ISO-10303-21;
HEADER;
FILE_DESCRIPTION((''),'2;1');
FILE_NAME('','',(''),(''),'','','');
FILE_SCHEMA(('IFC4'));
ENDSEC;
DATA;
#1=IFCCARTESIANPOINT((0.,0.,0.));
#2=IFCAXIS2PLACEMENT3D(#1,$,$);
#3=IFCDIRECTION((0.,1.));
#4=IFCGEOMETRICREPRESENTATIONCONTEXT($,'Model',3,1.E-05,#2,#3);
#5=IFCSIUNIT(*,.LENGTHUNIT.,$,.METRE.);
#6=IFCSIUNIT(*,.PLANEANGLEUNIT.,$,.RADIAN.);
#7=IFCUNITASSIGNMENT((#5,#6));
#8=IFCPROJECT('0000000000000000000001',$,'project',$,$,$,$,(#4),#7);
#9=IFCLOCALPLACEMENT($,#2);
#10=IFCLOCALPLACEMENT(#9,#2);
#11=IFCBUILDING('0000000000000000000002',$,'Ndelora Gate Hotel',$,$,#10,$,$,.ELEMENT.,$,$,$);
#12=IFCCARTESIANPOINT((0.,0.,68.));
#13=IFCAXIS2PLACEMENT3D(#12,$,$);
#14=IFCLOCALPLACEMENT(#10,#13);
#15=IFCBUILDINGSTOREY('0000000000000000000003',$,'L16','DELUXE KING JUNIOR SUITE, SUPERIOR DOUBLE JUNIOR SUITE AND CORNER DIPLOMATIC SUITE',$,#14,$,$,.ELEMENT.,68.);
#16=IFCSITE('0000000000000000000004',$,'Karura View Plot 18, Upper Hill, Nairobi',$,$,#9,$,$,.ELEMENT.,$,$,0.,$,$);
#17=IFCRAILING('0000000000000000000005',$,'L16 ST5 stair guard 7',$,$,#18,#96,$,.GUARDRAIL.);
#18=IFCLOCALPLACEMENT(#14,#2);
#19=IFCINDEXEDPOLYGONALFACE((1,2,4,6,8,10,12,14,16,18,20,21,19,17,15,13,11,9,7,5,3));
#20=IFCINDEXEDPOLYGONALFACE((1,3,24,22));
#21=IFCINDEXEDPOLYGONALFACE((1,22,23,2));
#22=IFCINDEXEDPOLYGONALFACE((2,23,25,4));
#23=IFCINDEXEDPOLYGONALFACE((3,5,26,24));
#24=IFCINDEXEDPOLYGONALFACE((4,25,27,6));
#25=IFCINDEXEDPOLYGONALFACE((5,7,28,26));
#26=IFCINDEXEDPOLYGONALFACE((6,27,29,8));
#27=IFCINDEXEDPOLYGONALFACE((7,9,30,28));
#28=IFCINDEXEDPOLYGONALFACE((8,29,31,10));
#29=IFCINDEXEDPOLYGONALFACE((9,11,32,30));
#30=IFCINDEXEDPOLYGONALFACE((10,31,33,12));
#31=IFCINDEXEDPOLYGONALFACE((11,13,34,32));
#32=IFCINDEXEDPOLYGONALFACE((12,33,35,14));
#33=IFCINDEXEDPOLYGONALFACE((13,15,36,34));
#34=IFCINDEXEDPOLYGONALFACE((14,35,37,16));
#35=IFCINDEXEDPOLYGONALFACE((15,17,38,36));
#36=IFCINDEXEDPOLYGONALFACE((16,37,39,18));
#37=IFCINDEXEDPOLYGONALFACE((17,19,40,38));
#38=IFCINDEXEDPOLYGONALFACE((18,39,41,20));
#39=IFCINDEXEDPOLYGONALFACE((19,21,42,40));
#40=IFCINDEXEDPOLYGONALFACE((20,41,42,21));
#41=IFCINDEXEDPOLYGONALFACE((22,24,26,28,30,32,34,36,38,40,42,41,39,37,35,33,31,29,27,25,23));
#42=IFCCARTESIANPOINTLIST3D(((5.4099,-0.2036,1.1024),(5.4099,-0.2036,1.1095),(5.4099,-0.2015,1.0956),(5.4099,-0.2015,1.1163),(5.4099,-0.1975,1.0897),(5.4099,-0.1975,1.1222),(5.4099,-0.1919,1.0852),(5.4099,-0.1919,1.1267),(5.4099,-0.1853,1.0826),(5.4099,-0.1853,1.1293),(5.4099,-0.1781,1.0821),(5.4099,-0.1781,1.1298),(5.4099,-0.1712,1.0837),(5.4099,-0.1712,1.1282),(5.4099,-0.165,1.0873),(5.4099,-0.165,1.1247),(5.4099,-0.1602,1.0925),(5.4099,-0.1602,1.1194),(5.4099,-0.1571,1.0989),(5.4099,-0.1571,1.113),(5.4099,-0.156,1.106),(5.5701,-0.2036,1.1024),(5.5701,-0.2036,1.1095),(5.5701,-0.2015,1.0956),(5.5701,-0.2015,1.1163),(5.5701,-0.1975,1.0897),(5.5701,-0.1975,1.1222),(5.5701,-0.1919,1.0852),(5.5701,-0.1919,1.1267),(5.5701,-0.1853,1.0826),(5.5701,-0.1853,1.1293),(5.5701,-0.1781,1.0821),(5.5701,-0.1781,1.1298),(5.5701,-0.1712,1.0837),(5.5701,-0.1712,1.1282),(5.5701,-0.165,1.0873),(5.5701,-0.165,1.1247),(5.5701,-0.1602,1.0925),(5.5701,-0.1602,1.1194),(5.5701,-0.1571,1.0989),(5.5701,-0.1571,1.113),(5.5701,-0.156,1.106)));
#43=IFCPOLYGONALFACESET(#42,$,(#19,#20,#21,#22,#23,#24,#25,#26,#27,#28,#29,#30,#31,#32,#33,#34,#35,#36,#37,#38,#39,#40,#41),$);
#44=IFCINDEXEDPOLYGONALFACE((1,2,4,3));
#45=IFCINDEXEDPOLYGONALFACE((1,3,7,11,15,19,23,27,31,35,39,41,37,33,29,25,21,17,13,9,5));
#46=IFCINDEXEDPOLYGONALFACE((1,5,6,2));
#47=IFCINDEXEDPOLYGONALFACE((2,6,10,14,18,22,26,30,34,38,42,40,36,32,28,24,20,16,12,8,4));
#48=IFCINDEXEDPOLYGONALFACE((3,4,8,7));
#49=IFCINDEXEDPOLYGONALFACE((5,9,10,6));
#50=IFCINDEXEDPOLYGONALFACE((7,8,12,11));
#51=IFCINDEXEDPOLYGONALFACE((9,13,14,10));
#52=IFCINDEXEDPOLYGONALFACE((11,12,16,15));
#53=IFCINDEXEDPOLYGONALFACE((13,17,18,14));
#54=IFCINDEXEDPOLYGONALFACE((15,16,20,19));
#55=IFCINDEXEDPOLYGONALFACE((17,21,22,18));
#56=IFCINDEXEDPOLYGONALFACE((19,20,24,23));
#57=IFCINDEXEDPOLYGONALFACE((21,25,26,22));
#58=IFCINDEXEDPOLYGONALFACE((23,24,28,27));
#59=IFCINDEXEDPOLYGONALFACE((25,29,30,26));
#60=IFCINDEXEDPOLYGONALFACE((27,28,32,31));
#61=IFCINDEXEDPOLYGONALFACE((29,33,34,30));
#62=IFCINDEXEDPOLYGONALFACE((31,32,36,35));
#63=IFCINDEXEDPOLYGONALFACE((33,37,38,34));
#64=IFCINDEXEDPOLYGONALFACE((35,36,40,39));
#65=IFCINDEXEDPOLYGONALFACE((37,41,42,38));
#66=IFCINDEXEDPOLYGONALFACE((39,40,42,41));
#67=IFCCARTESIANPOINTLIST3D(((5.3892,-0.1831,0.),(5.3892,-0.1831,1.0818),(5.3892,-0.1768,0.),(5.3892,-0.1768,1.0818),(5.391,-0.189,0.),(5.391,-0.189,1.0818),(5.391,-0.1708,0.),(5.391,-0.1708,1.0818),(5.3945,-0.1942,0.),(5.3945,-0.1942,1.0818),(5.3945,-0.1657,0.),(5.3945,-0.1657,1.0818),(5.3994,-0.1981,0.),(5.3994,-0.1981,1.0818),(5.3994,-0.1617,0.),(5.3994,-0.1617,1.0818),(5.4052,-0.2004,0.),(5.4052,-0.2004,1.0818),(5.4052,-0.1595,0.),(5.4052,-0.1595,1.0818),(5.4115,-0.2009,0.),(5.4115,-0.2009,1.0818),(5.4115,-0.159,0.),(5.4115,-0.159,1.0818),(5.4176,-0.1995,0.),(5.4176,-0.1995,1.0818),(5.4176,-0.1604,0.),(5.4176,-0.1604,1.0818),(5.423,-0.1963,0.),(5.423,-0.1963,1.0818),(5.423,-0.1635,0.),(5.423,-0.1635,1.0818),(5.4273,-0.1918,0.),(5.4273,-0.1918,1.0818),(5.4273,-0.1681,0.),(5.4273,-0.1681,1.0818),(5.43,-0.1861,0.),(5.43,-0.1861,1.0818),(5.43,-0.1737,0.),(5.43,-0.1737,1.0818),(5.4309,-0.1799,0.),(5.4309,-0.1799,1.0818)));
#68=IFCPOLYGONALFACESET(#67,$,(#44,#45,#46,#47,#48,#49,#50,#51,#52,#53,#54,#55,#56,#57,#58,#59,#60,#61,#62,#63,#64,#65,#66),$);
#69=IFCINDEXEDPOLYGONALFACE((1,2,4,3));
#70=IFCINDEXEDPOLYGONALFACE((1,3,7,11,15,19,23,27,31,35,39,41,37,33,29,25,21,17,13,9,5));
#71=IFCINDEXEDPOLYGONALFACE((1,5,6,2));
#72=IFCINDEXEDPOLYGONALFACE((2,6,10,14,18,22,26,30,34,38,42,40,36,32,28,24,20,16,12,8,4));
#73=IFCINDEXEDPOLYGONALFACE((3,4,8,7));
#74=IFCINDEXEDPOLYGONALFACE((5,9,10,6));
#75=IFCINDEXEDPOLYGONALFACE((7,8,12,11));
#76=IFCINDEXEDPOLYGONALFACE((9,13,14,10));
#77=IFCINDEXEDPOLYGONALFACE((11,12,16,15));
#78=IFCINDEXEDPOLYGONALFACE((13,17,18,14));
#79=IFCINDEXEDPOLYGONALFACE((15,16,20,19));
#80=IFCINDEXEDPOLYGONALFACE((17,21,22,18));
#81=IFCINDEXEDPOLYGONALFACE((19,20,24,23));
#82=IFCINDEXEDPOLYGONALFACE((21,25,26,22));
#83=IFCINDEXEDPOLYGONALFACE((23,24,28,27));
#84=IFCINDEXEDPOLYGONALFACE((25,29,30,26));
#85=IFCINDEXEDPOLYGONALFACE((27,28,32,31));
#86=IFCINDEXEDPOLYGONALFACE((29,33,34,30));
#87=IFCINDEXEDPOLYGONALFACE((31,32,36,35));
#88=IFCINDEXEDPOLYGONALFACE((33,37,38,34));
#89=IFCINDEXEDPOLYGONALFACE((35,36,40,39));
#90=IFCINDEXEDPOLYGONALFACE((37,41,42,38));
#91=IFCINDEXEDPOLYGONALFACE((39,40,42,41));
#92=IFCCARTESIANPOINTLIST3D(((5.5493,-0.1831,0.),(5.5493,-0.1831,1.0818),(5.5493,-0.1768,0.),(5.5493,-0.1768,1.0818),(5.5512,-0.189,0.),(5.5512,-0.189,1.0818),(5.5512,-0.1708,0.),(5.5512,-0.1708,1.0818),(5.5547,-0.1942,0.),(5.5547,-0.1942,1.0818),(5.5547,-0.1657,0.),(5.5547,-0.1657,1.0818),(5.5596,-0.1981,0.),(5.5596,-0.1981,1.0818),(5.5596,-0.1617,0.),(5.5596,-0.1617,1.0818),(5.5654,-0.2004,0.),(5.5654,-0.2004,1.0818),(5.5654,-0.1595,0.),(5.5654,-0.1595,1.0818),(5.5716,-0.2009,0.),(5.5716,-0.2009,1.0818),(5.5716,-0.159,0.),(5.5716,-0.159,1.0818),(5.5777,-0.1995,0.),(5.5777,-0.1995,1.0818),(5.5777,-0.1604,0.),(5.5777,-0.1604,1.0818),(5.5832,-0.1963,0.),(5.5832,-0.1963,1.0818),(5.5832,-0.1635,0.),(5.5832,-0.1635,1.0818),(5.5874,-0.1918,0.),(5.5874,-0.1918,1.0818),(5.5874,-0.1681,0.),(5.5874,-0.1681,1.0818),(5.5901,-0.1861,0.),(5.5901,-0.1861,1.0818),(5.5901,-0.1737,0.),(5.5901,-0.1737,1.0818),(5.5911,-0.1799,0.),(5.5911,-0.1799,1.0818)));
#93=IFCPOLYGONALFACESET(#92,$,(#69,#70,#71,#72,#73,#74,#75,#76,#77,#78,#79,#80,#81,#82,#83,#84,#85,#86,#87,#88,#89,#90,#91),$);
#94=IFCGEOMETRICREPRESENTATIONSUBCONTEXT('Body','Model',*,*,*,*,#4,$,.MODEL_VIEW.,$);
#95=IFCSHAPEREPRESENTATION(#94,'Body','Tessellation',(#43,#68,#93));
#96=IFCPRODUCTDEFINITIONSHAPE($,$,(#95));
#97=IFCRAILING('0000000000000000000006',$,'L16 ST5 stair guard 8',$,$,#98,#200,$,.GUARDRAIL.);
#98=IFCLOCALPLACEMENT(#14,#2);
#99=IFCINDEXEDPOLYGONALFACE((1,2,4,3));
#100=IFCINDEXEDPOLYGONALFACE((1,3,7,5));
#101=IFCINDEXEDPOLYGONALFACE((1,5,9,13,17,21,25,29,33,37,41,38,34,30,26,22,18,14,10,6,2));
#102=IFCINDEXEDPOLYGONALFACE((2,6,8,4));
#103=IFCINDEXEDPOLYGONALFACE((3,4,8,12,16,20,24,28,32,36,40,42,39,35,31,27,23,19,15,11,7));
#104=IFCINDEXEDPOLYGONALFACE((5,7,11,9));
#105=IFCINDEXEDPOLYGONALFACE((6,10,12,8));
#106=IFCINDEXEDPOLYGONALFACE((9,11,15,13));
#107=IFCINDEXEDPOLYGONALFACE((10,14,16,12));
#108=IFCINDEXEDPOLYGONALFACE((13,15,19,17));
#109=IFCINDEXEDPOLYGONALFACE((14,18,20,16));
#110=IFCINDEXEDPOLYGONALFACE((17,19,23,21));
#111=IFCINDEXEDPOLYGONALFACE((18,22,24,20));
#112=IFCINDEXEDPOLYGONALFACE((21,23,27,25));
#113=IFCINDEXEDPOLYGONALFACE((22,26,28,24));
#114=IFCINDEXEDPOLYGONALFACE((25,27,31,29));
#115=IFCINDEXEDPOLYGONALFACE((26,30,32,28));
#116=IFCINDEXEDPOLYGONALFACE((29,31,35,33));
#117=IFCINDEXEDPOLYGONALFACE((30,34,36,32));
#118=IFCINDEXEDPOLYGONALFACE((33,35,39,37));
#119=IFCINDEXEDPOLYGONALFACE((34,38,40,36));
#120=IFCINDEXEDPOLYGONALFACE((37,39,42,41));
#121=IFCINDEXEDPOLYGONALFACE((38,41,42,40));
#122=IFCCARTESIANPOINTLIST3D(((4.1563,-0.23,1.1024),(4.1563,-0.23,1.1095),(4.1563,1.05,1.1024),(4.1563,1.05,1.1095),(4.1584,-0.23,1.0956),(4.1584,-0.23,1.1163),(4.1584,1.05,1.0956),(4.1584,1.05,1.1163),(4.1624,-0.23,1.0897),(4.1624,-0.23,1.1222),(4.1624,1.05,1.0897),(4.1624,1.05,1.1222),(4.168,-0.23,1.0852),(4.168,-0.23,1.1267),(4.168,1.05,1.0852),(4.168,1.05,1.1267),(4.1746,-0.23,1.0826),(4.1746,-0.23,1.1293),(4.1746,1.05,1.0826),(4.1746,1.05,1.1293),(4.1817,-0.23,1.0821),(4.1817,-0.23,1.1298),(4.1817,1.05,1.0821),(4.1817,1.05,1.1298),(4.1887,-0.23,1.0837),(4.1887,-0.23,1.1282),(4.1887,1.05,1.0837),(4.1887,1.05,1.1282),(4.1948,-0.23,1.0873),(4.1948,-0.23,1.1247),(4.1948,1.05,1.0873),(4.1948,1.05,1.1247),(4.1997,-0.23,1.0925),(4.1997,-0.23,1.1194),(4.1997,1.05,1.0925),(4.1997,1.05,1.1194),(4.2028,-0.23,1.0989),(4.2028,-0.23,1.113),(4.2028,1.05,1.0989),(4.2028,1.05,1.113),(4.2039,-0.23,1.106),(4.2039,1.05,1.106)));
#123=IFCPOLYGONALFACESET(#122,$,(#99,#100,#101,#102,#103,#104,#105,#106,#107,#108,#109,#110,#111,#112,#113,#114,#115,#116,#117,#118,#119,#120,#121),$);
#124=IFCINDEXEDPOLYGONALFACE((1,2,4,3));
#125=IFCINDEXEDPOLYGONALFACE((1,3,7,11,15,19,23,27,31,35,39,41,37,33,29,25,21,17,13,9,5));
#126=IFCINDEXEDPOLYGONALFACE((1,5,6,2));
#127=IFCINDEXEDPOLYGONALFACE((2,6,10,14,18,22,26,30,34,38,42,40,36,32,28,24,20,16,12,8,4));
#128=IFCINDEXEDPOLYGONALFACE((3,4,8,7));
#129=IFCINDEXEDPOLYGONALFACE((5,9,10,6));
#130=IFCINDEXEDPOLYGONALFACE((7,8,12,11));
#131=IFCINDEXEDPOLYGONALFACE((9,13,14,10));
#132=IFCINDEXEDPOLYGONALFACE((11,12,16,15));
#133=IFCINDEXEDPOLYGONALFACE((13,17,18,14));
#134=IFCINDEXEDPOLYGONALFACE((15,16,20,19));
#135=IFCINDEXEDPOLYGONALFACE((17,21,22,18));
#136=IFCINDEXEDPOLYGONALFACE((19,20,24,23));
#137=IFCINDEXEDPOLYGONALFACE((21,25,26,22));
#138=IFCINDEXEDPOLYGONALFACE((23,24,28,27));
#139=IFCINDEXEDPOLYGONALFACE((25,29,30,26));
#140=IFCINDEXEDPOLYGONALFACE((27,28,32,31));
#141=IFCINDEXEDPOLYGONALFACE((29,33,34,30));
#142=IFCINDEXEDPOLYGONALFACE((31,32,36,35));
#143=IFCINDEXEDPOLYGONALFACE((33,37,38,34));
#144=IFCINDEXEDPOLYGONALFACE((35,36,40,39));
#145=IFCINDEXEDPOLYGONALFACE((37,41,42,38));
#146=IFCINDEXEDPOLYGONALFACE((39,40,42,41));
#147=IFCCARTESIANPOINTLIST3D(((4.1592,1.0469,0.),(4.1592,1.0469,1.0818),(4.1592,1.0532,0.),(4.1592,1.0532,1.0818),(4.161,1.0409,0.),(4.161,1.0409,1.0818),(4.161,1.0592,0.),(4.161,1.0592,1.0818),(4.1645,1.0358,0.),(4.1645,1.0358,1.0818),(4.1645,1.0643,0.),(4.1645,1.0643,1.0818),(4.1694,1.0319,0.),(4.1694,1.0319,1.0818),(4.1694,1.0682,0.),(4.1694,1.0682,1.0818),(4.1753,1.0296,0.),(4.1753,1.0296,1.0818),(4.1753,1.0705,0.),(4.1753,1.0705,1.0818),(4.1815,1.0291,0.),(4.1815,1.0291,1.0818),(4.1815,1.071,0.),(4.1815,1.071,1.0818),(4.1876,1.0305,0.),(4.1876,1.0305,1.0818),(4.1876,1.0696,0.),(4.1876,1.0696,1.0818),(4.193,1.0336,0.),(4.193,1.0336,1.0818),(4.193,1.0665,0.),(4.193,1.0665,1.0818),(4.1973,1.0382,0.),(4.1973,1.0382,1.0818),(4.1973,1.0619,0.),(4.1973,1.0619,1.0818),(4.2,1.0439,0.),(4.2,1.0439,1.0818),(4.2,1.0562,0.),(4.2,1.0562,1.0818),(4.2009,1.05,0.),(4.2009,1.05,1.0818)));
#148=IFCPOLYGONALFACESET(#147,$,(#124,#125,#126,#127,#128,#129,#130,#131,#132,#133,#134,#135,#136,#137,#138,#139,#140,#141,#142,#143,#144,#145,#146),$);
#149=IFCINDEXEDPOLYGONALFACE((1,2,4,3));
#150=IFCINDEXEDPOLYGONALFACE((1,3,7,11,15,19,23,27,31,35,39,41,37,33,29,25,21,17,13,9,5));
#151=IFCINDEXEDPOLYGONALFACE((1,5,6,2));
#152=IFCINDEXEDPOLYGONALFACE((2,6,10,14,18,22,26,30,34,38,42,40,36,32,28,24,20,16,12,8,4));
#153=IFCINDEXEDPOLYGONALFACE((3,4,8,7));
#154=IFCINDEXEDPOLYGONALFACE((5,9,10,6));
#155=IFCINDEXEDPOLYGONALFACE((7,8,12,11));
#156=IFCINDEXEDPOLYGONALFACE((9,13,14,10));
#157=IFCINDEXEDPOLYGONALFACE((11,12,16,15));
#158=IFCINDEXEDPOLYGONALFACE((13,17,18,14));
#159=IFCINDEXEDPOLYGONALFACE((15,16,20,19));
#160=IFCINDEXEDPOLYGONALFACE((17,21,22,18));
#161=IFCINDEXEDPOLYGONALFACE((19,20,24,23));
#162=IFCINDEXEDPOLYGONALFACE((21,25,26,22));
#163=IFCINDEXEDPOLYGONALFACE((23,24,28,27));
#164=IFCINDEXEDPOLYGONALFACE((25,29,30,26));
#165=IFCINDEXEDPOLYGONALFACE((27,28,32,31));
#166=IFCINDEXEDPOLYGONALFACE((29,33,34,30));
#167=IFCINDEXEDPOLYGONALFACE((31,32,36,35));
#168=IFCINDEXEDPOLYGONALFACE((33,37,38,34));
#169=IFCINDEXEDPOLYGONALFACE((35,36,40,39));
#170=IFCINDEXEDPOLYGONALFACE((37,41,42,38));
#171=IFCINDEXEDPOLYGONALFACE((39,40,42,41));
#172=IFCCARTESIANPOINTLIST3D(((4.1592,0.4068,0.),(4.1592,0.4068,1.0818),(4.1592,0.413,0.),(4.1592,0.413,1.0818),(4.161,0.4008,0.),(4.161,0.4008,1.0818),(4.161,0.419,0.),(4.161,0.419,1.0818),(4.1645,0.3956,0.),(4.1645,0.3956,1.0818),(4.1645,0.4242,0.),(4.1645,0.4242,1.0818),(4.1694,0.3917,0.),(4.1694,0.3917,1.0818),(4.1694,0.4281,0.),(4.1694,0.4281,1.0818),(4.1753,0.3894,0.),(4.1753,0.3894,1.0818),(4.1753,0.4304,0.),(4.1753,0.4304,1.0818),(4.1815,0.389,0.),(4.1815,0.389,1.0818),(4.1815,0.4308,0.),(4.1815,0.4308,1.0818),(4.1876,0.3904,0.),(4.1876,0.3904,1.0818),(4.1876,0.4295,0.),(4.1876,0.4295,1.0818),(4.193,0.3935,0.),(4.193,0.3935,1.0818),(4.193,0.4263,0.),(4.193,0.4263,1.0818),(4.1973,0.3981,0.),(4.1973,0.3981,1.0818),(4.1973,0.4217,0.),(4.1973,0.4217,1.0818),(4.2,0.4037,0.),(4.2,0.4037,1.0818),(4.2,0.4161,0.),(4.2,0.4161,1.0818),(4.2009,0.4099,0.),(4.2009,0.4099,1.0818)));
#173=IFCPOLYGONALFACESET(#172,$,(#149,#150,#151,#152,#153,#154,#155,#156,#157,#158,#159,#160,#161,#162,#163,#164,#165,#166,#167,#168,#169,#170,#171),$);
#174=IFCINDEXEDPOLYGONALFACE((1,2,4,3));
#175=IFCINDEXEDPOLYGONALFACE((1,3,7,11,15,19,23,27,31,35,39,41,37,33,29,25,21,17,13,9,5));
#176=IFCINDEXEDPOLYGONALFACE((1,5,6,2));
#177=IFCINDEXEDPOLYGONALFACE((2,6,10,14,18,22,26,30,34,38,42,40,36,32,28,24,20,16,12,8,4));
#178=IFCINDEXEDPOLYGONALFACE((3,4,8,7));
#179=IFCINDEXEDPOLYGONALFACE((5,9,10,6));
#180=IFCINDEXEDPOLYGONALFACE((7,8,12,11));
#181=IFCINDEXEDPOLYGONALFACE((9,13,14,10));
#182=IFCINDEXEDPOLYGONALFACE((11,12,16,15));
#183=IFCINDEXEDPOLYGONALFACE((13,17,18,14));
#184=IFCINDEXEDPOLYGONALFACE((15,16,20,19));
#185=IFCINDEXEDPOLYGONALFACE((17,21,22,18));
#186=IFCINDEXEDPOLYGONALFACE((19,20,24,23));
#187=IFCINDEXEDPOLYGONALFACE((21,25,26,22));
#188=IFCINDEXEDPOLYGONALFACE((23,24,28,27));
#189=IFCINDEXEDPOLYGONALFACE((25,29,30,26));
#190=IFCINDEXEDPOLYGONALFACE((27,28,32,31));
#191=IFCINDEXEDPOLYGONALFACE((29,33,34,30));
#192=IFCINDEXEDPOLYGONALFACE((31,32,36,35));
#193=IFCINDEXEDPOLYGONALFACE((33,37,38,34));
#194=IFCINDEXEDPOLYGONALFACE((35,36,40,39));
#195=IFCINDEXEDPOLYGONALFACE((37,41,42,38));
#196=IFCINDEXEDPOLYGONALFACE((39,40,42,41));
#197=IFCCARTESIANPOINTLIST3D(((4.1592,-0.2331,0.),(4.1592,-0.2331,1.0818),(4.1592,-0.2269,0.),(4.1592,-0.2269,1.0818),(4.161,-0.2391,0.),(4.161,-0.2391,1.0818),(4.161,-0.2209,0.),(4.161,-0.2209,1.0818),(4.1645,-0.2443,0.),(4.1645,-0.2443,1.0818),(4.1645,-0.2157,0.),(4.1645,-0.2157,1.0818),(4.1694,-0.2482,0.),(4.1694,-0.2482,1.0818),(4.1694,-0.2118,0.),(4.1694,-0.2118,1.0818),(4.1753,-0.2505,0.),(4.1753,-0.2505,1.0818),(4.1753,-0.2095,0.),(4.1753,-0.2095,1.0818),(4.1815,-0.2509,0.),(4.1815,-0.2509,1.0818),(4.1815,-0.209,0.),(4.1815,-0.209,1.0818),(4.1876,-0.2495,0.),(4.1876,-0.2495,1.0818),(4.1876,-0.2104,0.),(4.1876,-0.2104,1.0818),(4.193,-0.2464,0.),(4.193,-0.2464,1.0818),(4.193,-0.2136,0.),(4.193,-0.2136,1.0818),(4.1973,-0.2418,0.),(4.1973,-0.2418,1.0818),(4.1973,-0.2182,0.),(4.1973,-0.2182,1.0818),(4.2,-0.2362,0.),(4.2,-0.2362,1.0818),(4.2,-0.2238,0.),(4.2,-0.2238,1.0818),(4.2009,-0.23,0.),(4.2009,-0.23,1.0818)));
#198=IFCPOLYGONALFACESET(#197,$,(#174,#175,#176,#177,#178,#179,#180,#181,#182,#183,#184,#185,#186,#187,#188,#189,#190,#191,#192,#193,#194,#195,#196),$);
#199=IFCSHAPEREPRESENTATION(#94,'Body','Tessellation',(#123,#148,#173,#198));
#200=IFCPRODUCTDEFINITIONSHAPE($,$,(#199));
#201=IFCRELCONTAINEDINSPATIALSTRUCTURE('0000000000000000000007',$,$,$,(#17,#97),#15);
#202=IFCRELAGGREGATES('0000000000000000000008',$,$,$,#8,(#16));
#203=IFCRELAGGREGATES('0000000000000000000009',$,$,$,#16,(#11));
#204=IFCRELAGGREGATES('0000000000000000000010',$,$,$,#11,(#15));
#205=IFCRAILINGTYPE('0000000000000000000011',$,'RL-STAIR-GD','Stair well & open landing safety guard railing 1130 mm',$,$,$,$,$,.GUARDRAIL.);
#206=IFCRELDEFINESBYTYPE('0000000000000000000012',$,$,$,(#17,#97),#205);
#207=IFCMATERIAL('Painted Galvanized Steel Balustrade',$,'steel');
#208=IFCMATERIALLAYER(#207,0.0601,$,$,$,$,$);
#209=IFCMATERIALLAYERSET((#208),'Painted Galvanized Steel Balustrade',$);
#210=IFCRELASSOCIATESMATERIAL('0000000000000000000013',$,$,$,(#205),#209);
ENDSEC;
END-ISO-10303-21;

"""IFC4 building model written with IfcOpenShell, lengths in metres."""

from ifc_helpers import new_model, si_unit, direction, frame, origin, origin_2d, place, context, subcontext, project, spatial, circle, extrude, material, layer, layer_set, type_object, element, save


model = new_model("IFC4")

# Units and contexts
model_context = context("Model", 3, precision=1e-05, world=origin(), true_north=direction((0.0, 1.0)))
body_context = subcontext(model_context, "Body", "Model", "MODEL_VIEW")
ifc_project = project(units=[si_unit("LENGTHUNIT", "METRE"), si_unit("PLANEANGLEUNIT", "RADIAN")], contexts=[model_context])

# Site, building, storey
site_placement = place(None, origin())
site = spatial("IfcSite", under=ifc_project, at=site_placement, Name="Karura View Plot 18, Upper Hill, Nairobi", CompositionType="ELEMENT", RefElevation=0.0)
building_placement = place(site_placement, origin())
building = spatial("IfcBuilding", under=site, at=building_placement, Name="Ndelora Gate Hotel", CompositionType="ELEMENT")
storey_placement = place(building_placement, frame((0.0, 0.0, 68.0)))
storey = spatial("IfcBuildingStorey", under=building, at=storey_placement, Name="L16", Description="DELUXE KING JUNIOR SUITE, SUPERIOR DOUBLE JUNIOR SUITE AND CORNER DIPLOMATIC SUITE", CompositionType="ELEMENT", Elevation=68.0)

# Railings
ifc_material_1 = material(Name="Painted Galvanized Steel Balustrade", Category="steel")
ifc_layer_1 = layer(ifc_material_1, 0.0601)
ifc_layer_set_1 = layer_set([ifc_layer_1], Name="Painted Galvanized Steel Balustrade")
railing_type_1 = type_object("IfcRailingType", Name="RL-STAIR-GD", Description="Stair well & open landing safety guard railing 1130 mm", PredefinedType="GUARDRAIL", material=ifc_layer_set_1)
railing_1_placement = place(storey_placement, frame((5.4099, -0.1799, 0.0)))
element("IfcRailing", 1, at=railing_1_placement, inside=storey, type_object=railing_type_1, Name="L16 ST5 stair guard 7", PredefinedType="GUARDRAIL", context=body_context, shape_type="SweptSolid", body=[
    extrude(circle(Radius=0.0239, at=origin_2d()), frame((0.0, 0.0, 1.106), z_axis=(1.0, 0.0, 0.0), x_axis=(0.0, 1.0, 0.0)), (0.0, 0.0, 1.0), 0.1602),
    extrude(circle(Radius=0.021, at=origin_2d()), origin(), (0.0, 0.0, 1.0), 1.0818),
    extrude(circle(Radius=0.021, at=origin_2d()), frame((0.1602, 0.0, 0.0)), (0.0, 0.0, 1.0), 1.0818),
])
railing_2_placement = place(storey_placement, frame((4.1799, 1.05, 0.0)))
element("IfcRailing", 2, at=railing_2_placement, inside=storey, type_object=railing_type_1, Name="L16 ST5 stair guard 8", PredefinedType="GUARDRAIL", context=body_context, shape_type="SweptSolid", body=[
    extrude(circle(Radius=0.0239, at=origin_2d()), frame((0.0, 0.0, 1.106), z_axis=(0.0, -1.0, 0.0), x_axis=(1.0, 0.0, 0.0)), (0.0, 0.0, 1.0), 1.28),
    extrude(circle(Radius=0.021, at=origin_2d()), origin(), (0.0, 0.0, 1.0), 1.0818),
    extrude(circle(Radius=0.021, at=origin_2d()), frame((0.0, -0.6401, 0.0)), (0.0, 0.0, 1.0), 1.0818),
    extrude(circle(Radius=0.021, at=origin_2d()), frame((0.0, -1.28, 0.0)), (0.0, 0.0, 1.0), 1.0818),
])

save(model, "model.ifc")
